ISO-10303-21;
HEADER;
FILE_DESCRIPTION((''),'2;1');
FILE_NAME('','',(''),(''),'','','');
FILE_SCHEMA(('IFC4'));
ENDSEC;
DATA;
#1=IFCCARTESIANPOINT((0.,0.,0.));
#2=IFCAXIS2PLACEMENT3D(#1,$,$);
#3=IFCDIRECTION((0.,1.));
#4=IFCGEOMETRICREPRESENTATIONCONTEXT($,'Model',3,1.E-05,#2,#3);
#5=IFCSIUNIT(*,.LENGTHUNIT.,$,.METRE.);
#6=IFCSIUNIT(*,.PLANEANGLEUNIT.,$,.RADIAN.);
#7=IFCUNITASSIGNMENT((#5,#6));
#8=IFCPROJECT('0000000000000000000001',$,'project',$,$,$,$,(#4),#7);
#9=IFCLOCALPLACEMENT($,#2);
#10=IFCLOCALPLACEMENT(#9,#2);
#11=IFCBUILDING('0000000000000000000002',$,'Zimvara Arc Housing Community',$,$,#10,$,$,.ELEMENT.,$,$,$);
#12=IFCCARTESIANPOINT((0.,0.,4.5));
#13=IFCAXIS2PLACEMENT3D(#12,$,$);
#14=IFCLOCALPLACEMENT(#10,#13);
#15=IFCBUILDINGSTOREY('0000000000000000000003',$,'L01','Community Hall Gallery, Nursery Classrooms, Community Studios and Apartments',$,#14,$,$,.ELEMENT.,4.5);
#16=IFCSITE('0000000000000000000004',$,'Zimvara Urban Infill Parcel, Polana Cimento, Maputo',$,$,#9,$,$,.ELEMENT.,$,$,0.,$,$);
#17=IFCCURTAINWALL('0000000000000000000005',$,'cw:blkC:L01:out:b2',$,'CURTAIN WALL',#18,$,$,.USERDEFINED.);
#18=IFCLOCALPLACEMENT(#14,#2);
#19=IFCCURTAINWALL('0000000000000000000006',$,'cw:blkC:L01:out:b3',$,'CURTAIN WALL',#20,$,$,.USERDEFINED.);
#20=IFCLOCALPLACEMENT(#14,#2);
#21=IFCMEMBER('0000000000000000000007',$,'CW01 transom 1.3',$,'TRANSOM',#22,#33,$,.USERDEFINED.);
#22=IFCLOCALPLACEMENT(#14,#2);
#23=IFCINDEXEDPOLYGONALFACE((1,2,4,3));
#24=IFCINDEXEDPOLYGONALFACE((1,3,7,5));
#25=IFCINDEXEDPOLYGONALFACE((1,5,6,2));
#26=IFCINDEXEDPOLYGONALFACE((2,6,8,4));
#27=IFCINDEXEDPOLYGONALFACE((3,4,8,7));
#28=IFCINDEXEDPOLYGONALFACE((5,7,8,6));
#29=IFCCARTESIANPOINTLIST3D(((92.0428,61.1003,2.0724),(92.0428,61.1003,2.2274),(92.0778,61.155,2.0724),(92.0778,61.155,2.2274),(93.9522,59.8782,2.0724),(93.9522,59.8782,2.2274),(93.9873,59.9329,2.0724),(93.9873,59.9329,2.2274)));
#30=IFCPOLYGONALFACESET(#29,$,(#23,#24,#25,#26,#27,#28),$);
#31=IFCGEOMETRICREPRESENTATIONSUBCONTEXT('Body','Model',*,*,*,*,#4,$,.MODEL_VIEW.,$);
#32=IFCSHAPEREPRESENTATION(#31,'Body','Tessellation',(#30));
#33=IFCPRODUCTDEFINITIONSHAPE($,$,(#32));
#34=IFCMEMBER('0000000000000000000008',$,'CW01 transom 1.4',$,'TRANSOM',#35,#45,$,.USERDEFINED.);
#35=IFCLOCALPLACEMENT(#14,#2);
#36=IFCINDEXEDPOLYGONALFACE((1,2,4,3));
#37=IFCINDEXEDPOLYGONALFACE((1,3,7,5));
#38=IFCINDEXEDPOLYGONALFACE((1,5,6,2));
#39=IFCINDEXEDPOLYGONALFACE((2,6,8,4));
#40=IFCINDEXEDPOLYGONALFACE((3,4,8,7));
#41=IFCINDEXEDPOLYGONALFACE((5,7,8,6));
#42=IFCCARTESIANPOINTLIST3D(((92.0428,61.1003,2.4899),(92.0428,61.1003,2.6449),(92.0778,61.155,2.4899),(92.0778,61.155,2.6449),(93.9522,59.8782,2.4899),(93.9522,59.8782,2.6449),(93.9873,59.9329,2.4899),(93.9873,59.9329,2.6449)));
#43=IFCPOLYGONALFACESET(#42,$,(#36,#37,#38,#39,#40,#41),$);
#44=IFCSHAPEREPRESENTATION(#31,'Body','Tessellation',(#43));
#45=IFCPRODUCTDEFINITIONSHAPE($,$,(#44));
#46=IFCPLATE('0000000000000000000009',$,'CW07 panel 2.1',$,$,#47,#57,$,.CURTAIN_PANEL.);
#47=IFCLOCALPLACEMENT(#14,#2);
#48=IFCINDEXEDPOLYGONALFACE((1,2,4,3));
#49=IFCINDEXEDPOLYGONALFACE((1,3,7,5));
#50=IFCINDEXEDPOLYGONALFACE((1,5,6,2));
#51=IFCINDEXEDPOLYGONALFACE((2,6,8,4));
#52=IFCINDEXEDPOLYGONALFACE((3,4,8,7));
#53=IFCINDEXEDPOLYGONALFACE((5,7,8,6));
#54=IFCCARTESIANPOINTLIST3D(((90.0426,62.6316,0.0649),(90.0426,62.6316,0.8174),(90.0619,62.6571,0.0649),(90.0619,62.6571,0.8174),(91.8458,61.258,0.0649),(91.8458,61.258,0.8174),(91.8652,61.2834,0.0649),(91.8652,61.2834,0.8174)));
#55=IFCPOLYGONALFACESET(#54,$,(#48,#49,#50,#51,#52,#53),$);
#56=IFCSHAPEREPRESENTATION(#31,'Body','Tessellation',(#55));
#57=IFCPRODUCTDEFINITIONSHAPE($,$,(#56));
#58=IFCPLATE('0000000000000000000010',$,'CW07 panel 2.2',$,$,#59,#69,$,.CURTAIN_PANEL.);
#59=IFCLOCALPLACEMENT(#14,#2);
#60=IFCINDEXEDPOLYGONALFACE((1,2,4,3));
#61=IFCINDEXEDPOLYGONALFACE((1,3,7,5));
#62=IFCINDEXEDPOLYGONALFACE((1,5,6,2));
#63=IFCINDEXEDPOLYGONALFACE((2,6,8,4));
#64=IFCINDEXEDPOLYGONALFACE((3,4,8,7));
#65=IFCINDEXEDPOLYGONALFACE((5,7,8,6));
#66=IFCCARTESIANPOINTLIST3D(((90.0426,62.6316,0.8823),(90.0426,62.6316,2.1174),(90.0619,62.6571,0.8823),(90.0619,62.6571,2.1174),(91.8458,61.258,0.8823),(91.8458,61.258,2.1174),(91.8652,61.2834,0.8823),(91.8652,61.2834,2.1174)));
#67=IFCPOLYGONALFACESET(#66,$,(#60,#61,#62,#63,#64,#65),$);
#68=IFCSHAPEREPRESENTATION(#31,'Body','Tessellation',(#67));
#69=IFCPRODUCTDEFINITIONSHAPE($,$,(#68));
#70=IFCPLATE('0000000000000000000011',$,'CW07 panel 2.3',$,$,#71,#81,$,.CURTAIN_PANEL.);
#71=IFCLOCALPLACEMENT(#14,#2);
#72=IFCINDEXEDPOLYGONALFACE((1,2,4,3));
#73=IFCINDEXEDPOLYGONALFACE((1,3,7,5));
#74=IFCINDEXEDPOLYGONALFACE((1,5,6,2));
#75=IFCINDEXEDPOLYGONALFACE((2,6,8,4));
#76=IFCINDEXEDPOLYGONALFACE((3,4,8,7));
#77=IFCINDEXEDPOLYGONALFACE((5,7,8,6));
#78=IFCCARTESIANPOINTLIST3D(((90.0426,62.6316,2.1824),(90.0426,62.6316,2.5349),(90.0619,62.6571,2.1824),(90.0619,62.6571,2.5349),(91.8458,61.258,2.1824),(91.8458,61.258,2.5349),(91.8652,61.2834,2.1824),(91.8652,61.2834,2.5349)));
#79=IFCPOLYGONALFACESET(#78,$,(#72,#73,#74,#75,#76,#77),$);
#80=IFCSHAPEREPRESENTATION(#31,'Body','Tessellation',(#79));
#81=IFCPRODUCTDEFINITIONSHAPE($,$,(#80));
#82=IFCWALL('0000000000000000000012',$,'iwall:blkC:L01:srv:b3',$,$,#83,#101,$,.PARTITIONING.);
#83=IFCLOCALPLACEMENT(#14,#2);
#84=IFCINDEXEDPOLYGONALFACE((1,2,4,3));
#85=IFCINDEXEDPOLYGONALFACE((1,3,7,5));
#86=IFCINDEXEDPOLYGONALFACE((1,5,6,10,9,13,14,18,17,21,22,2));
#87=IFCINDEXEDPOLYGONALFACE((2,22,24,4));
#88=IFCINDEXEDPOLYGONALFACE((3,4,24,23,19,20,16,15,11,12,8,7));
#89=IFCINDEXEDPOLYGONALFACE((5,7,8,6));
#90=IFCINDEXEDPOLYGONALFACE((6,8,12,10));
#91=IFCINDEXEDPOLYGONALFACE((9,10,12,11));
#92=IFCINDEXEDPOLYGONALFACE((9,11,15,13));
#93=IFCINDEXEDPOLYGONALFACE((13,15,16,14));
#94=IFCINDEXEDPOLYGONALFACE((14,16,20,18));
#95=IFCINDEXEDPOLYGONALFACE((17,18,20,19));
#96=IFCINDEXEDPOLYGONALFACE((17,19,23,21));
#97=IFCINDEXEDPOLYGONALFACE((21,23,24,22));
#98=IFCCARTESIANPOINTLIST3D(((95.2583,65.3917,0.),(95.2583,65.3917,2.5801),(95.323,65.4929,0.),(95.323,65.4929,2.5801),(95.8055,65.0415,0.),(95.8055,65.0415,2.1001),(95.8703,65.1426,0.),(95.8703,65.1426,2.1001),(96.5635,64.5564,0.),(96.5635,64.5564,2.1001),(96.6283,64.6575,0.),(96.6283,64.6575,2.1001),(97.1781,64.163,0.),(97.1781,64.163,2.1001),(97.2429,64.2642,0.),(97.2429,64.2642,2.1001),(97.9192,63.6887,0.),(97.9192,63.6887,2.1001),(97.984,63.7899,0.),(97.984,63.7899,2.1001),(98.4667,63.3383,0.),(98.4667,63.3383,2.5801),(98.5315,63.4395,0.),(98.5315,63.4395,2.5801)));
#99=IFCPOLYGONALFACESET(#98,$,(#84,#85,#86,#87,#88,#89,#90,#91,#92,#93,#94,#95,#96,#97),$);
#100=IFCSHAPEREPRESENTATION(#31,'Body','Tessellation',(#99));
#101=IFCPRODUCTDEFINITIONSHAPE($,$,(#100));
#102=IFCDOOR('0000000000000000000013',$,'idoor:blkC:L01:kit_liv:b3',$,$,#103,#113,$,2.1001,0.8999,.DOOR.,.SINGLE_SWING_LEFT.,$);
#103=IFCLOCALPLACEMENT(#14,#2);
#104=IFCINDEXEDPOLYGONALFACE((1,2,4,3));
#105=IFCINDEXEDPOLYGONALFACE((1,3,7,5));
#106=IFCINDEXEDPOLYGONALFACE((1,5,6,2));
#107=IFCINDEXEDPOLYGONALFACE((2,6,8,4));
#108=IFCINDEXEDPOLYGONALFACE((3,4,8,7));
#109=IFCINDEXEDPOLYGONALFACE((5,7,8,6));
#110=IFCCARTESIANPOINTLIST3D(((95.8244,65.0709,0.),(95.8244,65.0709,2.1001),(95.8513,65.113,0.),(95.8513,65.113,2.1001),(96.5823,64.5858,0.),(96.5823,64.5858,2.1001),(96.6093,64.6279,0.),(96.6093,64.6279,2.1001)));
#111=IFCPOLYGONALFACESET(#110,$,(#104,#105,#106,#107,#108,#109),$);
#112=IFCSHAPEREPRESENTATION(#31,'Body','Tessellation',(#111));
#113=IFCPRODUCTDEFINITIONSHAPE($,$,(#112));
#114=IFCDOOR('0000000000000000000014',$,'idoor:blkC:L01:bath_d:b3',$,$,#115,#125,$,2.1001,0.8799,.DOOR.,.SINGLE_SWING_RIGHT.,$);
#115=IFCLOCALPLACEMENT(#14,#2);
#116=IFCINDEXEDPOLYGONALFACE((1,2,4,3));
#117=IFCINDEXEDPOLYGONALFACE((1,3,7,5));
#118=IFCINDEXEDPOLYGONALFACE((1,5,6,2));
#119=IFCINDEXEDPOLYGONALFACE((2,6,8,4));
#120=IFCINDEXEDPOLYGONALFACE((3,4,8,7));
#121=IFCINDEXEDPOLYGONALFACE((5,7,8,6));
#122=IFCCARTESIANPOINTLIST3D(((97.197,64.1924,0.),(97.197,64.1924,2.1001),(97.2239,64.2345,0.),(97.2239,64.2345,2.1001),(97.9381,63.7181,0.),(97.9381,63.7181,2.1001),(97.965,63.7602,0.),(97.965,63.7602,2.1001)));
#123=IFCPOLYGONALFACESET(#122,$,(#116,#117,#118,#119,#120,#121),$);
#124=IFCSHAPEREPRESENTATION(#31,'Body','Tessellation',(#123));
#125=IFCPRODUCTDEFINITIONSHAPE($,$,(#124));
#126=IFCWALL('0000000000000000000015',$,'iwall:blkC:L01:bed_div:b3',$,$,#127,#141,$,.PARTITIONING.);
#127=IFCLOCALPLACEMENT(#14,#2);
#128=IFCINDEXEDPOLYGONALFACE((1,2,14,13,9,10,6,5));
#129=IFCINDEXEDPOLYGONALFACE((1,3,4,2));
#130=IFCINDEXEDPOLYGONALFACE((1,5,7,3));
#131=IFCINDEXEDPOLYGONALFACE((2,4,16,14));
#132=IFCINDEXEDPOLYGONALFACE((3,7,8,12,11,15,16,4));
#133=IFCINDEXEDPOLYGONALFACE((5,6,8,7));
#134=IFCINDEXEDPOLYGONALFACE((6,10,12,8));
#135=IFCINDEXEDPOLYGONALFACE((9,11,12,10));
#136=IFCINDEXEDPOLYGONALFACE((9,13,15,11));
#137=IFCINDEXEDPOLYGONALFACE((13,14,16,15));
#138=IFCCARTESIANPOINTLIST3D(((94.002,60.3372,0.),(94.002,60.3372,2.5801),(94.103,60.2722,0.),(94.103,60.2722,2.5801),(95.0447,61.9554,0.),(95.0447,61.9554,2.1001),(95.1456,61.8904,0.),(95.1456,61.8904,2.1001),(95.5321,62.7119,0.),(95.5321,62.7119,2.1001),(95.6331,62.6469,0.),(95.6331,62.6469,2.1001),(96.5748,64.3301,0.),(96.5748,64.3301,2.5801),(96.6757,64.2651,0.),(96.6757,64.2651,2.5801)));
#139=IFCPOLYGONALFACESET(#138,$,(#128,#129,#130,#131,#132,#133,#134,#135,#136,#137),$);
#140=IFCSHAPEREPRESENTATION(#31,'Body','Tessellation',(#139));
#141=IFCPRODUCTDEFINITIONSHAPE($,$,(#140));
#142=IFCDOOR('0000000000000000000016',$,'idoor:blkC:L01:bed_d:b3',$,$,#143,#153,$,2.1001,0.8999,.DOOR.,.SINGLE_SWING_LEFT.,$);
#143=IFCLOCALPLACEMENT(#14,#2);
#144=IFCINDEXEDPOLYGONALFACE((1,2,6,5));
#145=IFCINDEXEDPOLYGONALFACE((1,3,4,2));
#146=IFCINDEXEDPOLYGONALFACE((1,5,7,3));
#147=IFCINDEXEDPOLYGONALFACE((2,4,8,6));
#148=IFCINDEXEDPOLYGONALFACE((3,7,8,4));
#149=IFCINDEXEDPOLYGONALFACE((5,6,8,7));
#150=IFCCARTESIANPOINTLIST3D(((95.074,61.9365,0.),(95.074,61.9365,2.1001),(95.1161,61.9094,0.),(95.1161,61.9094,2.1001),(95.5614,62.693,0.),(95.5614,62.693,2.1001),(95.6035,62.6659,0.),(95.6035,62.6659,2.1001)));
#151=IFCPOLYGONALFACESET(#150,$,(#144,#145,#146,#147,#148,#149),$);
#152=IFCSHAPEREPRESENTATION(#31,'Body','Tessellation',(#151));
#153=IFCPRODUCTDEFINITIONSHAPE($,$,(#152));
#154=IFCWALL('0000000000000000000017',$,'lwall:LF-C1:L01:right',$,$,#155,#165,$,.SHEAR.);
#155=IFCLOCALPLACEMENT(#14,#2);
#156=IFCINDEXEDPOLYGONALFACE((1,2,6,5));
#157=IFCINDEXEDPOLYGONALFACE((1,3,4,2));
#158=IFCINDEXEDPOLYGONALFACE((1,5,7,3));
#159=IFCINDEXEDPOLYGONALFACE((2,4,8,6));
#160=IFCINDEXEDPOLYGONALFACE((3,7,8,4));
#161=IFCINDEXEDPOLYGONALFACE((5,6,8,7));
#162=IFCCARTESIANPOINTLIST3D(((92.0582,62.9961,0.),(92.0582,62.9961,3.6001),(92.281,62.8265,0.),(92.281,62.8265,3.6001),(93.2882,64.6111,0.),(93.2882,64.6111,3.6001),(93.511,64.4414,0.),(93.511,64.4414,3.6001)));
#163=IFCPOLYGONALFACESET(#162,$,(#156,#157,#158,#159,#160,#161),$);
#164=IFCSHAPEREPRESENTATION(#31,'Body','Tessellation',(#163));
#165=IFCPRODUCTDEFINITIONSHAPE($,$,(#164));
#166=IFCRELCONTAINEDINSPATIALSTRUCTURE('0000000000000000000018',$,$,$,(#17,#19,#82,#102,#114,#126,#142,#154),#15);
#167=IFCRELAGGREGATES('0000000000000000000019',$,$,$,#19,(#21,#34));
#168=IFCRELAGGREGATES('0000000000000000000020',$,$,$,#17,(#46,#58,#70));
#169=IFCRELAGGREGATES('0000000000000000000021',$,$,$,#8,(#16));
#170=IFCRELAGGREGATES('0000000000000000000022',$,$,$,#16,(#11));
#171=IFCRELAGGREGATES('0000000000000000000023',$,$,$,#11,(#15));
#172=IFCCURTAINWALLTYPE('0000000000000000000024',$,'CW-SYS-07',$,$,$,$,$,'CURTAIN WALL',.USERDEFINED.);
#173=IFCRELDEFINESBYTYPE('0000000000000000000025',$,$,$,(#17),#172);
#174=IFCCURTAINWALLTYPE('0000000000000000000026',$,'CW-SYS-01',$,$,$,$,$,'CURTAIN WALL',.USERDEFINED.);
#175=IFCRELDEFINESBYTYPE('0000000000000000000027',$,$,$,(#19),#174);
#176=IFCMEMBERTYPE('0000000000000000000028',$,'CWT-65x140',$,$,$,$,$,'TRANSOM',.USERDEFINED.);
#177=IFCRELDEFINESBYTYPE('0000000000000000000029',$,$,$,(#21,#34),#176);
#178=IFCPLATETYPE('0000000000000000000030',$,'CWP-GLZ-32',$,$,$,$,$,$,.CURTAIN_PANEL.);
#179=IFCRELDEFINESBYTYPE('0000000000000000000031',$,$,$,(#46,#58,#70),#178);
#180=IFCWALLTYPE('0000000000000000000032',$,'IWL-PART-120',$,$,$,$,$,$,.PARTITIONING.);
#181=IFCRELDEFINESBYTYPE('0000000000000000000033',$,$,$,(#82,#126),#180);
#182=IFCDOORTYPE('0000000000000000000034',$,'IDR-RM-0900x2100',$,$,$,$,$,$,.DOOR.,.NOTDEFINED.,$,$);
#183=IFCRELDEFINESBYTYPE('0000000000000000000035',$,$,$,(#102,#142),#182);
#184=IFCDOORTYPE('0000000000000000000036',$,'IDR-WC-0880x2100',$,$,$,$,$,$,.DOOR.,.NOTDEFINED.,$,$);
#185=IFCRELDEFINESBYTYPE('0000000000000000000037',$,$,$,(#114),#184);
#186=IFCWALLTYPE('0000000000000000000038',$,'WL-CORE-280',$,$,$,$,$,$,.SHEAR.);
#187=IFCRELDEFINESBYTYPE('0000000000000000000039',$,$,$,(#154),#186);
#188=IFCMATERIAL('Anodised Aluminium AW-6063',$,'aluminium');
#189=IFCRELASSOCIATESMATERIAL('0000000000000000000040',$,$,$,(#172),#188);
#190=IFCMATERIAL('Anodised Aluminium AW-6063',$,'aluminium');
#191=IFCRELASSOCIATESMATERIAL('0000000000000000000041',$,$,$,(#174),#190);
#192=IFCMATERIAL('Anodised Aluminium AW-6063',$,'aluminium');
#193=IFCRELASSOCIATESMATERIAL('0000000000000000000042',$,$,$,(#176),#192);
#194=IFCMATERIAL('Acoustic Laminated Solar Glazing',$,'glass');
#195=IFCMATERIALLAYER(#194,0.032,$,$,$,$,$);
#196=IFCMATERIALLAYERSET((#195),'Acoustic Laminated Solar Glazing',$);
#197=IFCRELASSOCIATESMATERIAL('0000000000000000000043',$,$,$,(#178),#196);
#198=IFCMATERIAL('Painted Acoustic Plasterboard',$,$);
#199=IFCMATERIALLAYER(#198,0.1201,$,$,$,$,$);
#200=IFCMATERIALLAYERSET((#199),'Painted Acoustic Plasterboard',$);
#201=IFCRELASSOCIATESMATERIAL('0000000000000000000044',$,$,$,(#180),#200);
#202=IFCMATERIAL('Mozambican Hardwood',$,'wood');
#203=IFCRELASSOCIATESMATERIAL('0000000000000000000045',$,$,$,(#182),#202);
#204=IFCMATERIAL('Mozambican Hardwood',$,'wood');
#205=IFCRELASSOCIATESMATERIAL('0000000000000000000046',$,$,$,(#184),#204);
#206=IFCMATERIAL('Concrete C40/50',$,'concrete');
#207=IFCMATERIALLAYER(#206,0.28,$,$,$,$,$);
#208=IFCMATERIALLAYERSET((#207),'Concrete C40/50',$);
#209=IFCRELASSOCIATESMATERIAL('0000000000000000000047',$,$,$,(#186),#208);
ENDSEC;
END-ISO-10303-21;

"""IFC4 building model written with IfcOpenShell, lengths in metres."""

from ifc_helpers import new_model, si_unit, direction, frame, frame_2d, origin, origin_2d, place, context, subcontext, project, spatial, rectangle, extrude, material, layer, layer_set, material_profile, profile_set, type_object, element, fill, aggregate, save


model = new_model("IFC4")

# Units and contexts
model_context = context("Model", 3, precision=1e-05, world=origin(), true_north=direction((0.0, 1.0)))
body_context = subcontext(model_context, "Body", "Model", "MODEL_VIEW")
ifc_project = project(units=[si_unit("LENGTHUNIT", "METRE"), si_unit("PLANEANGLEUNIT", "RADIAN")], contexts=[model_context])

# Site, building, storey
site_placement = place(None, origin())
site = spatial("IfcSite", under=ifc_project, at=site_placement, Name="Zimvara Urban Infill Parcel, Polana Cimento, Maputo", CompositionType="ELEMENT", RefElevation=0.0)
building_placement = place(site_placement, origin())
building = spatial("IfcBuilding", under=site, at=building_placement, Name="Zimvara Arc Housing Community", CompositionType="ELEMENT")
storey_placement = place(building_placement, frame((0.0, 0.0, 4.5)))
storey = spatial("IfcBuildingStorey", under=building, at=storey_placement, Name="L01", Description="Community Hall Gallery, Nursery Classrooms, Community Studios and Apartments", CompositionType="ELEMENT", Elevation=4.5)

# Curtain wall
ifc_material_1 = material(Name="Anodised Aluminium AW-6063", Category="aluminium")
curtain_wall_type_1 = type_object("IfcCurtainWallType", Name="CW-SYS-07", ElementType="CURTAIN WALL", PredefinedType="USERDEFINED", material=ifc_material_1)
curtain_wall_1_placement = place(storey_placement, origin())
curtain_wall_1 = element("IfcCurtainWall", 1, at=curtain_wall_1_placement, inside=storey, type_object=curtain_wall_type_1, Name="cw:blkC:L01:out:b2", ObjectType="CURTAIN WALL", PredefinedType="USERDEFINED")

# Curtain wall
ifc_material_2 = material(Name="Anodised Aluminium AW-6063", Category="aluminium")
curtain_wall_type_2 = type_object("IfcCurtainWallType", Name="CW-SYS-01", ElementType="CURTAIN WALL", PredefinedType="USERDEFINED", material=ifc_material_2)
curtain_wall_2_placement = place(storey_placement, origin())
curtain_wall_2 = element("IfcCurtainWall", 2, at=curtain_wall_2_placement, inside=storey, type_object=curtain_wall_type_2, Name="cw:blkC:L01:out:b3", ObjectType="CURTAIN WALL", PredefinedType="USERDEFINED")

# Members
ifc_material_3 = material(Name="Anodised Aluminium AW-6063", Category="aluminium")
ifc_material_profile_1 = material_profile(ifc_material_3, rectangle(XDim=0.0649, YDim=0.155, at=origin_2d()), Name="ALU 65x155")
ifc_profile_set_1 = profile_set([ifc_material_profile_1], Name="Anodised Aluminium AW-6063")
member_type_1 = type_object("IfcMemberType", Name="CWT-65x140", ElementType="TRANSOM", PredefinedType="USERDEFINED", material=ifc_profile_set_1)
member_1_placement = place(storey_placement, frame((92.0603, 61.1277, 2.1499), z_axis=(0.842244, -0.539096, 0.0), x_axis=(0.539096, 0.842244, 0.0)))
member_1 = element("IfcMember", 3, at=member_1_placement, type_object=member_type_1, Name="CW01 transom 1.3", ObjectType="TRANSOM", PredefinedType="USERDEFINED", context=body_context, shape_type="SweptSolid", body=[
    extrude(rectangle(XDim=0.0649, YDim=0.155, at=origin_2d()), origin(), (0.0, 0.0, 1.0), 2.2671),
])
member_2_placement = place(storey_placement, frame((92.0603, 61.1277, 2.5674), z_axis=(0.842244, -0.539096, 0.0), x_axis=(0.539096, 0.842244, 0.0)))
member_2 = element("IfcMember", 4, at=member_2_placement, type_object=member_type_1, Name="CW01 transom 1.4", ObjectType="TRANSOM", PredefinedType="USERDEFINED", context=body_context, shape_type="SweptSolid", body=[
    extrude(rectangle(XDim=0.0649, YDim=0.155, at=origin_2d()), origin(), (0.0, 0.0, 1.0), 2.2671),
])
aggregate(curtain_wall_2, [member_1, member_2])

# Plates
ifc_material_4 = material(Name="Acoustic Laminated Solar Glazing", Category="glass")
ifc_layer_1 = layer(ifc_material_4, 0.032)
ifc_layer_set_1 = layer_set([ifc_layer_1], Name="Acoustic Laminated Solar Glazing")
plate_type = type_object("IfcPlateType", Name="CWP-GLZ-32", PredefinedType="CURTAIN_PANEL", material=ifc_layer_set_1)
plate_1_placement = place(storey_placement, frame((90.9539, 61.9575, 0.0649), z_axis=(0.0, 0.0, 1.0), x_axis=(0.795474, -0.605988, 0.0)))
plate_1 = element("IfcPlate", 5, at=plate_1_placement, type_object=plate_type, Name="CW07 panel 2.1", PredefinedType="CURTAIN_PANEL", context=body_context, shape_type="SweptSolid", body=[
    extrude(rectangle(XDim=2.2668, YDim=0.032, at=origin_2d()), origin(), (0.0, 0.0, 1.0), 0.7524),
])
plate_2_placement = place(storey_placement, frame((90.9539, 61.9575, 0.8823), z_axis=(0.0, 0.0, 1.0), x_axis=(0.795474, -0.605988, 0.0)))
plate_2 = element("IfcPlate", 6, at=plate_2_placement, type_object=plate_type, Name="CW07 panel 2.2", PredefinedType="CURTAIN_PANEL", context=body_context, shape_type="SweptSolid", body=[
    extrude(rectangle(XDim=2.2668, YDim=0.032, at=origin_2d()), origin(), (0.0, 0.0, 1.0), 1.2351),
])
plate_3_placement = place(storey_placement, frame((90.9539, 61.9575, 2.1824), z_axis=(0.0, 0.0, 1.0), x_axis=(0.795474, -0.605988, 0.0)))
plate_3 = element("IfcPlate", 7, at=plate_3_placement, type_object=plate_type, Name="CW07 panel 2.3", PredefinedType="CURTAIN_PANEL", context=body_context, shape_type="SweptSolid", body=[
    extrude(rectangle(XDim=2.2668, YDim=0.032, at=origin_2d()), origin(), (0.0, 0.0, 1.0), 0.3525),
])
aggregate(curtain_wall_1, [plate_1, plate_2, plate_3])

# Wall, openings, doors
ifc_material_5 = material(Name="Painted Acoustic Plasterboard")
ifc_layer_2 = layer(ifc_material_5, 0.1201)
ifc_layer_set_2 = layer_set([ifc_layer_2], Name="Painted Acoustic Plasterboard")
wall_type_1 = type_object("IfcWallType", Name="IWL-PART-120", PredefinedType="PARTITIONING", material=ifc_layer_set_2)
wall_1_placement = place(storey_placement, frame((95.2905, 65.4424, 0.0), z_axis=(0.0, 0.0, 1.0), x_axis=(0.842268, -0.539059, 0.0)))
wall_1 = element("IfcWall", 8, at=wall_1_placement, inside=storey, type_object=wall_type_1, Name="iwall:blkC:L01:srv:b3", PredefinedType="PARTITIONING", context=body_context, shape_type="SweptSolid", body=[
    extrude(rectangle(XDim=3.8093, YDim=0.1201, at=frame_2d((1.9048, 0.0))), origin(), (0.0, 0.0, 1.0), 2.5801),
])
opening_1_placement = place(wall_1_placement, frame((0.6499, 0.0, 0.0)))
opening_1 = element("IfcOpeningElement", 9, at=opening_1_placement, cuts=wall_1, PredefinedType="OPENING", context=body_context, shape_type="SweptSolid", body=[
    extrude(rectangle(XDim=0.8999, YDim=2.1001, at=frame_2d((0.45, 1.05))), frame((0.0, 0.0701, 0.0), z_axis=(0.0, -1.0, 0.0), x_axis=(1.0, 0.0, 0.0)), (0.0, 0.0, 1.0), 0.1401),
])
opening_2_placement = place(wall_1_placement, frame((2.2795, 0.0, 0.0)))
opening_2 = element("IfcOpeningElement", 10, at=opening_2_placement, cuts=wall_1, PredefinedType="OPENING", context=body_context, shape_type="SweptSolid", body=[
    extrude(rectangle(XDim=0.8799, YDim=2.1001, at=frame_2d((0.4399, 1.05))), frame((0.0, 0.0701, 0.0), z_axis=(0.0, -1.0, 0.0), x_axis=(1.0, 0.0, 0.0)), (0.0, 0.0, 1.0), 0.1401),
])
ifc_material_6 = material(Name="Mozambican Hardwood", Category="wood")
door_type_1 = type_object("IfcDoorType", Name="IDR-RM-0900x2100", OperationType="NOTDEFINED", PredefinedType="DOOR", material=ifc_material_6)
door_1_placement = place(opening_1_placement, origin())
door_1 = element("IfcDoor", 11, at=door_1_placement, inside=storey, type_object=door_type_1, Name="idoor:blkC:L01:kit_liv:b3", OperationType="SINGLE_SWING_LEFT", OverallHeight=2.1001, OverallWidth=0.8999, PredefinedType="DOOR", context=body_context, shape_type="SweptSolid", body=[
    extrude(rectangle(XDim=0.8999, YDim=2.1001, at=frame_2d((0.45, 1.05))), frame((0.0, 0.0249, 0.0), z_axis=(0.0, -1.0, 0.0), x_axis=(1.0, 0.0, 0.0)), (0.0, 0.0, 1.0), 0.05),
])
fill(opening_1, door_1)
ifc_material_7 = material(Name="Mozambican Hardwood", Category="wood")
door_type_2 = type_object("IfcDoorType", Name="IDR-WC-0880x2100", OperationType="NOTDEFINED", PredefinedType="DOOR", material=ifc_material_7)
door_2_placement = place(opening_2_placement, origin())
door_2 = element("IfcDoor", 12, at=door_2_placement, inside=storey, type_object=door_type_2, Name="idoor:blkC:L01:bath_d:b3", OperationType="SINGLE_SWING_RIGHT", OverallHeight=2.1001, OverallWidth=0.8799, PredefinedType="DOOR", context=body_context, shape_type="SweptSolid", body=[
    extrude(rectangle(XDim=0.8799, YDim=2.1001, at=frame_2d((0.4399, 1.05))), frame((0.0, 0.0249, 0.0), z_axis=(0.0, -1.0, 0.0), x_axis=(1.0, 0.0, 0.0)), (0.0, 0.0, 1.0), 0.05),
])
fill(opening_2, door_2)

# Wall, opening, door
wall_2_placement = place(storey_placement, frame((96.6252, 64.2976, 0.0), z_axis=(0.0, 0.0, 1.0), x_axis=(-0.541633, -0.840615, 0.0)))
wall_2 = element("IfcWall", 13, at=wall_2_placement, inside=storey, type_object=wall_type_1, Name="iwall:blkC:L01:bed_div:b3", PredefinedType="PARTITIONING", context=body_context, shape_type="SweptSolid", body=[
    extrude(rectangle(XDim=4.75, YDim=0.1201, at=frame_2d((2.375, 0.0))), origin(), (0.0, 0.0, 1.0), 2.5801),
])
opening_3_placement = place(wall_2_placement, frame((1.925, 0.0, 0.0)))
opening_3 = element("IfcOpeningElement", 14, at=opening_3_placement, cuts=wall_2, PredefinedType="OPENING", context=body_context, shape_type="SweptSolid", body=[
    extrude(rectangle(XDim=0.8999, YDim=2.1001, at=frame_2d((0.45, 1.05))), frame((0.0, 0.0701, 0.0), z_axis=(0.0, -1.0, 0.0), x_axis=(1.0, 0.0, 0.0)), (0.0, 0.0, 1.0), 0.1401),
])
door_3_placement = place(opening_3_placement, origin())
door_3 = element("IfcDoor", 15, at=door_3_placement, inside=storey, type_object=door_type_1, Name="idoor:blkC:L01:bed_d:b3", OperationType="SINGLE_SWING_LEFT", OverallHeight=2.1001, OverallWidth=0.8999, PredefinedType="DOOR", context=body_context, shape_type="SweptSolid", body=[
    extrude(rectangle(XDim=0.8999, YDim=2.1001, at=frame_2d((0.45, 1.05))), frame((0.0, 0.0249, 0.0), z_axis=(0.0, -1.0, 0.0), x_axis=(1.0, 0.0, 0.0)), (0.0, 0.0, 1.0), 0.05),
])
fill(opening_3, door_3)

# Wall
ifc_material_8 = material(Name="Concrete C40/50", Category="concrete")
ifc_layer_3 = layer(ifc_material_8, 0.28)
ifc_layer_set_3 = layer_set([ifc_layer_3], Name="Concrete C40/50")
wall_type_2 = type_object("IfcWallType", Name="WL-CORE-280", PredefinedType="SHEAR", material=ifc_layer_set_3)
wall_3_placement = place(storey_placement, frame((93.3997, 64.5264, 0.0), z_axis=(0.0, 0.0, 1.0), x_axis=(-0.605891, -0.795548, 0.0)))
element("IfcWall", 16, at=wall_3_placement, inside=storey, type_object=wall_type_2, Name="lwall:LF-C1:L01:right", PredefinedType="SHEAR", context=body_context, shape_type="SweptSolid", body=[
    extrude(rectangle(XDim=2.03, YDim=0.28, at=frame_2d((1.0151, 0.0))), origin(), (0.0, 0.0, 1.0), 3.6001),
])

save(model, "model.ifc")
